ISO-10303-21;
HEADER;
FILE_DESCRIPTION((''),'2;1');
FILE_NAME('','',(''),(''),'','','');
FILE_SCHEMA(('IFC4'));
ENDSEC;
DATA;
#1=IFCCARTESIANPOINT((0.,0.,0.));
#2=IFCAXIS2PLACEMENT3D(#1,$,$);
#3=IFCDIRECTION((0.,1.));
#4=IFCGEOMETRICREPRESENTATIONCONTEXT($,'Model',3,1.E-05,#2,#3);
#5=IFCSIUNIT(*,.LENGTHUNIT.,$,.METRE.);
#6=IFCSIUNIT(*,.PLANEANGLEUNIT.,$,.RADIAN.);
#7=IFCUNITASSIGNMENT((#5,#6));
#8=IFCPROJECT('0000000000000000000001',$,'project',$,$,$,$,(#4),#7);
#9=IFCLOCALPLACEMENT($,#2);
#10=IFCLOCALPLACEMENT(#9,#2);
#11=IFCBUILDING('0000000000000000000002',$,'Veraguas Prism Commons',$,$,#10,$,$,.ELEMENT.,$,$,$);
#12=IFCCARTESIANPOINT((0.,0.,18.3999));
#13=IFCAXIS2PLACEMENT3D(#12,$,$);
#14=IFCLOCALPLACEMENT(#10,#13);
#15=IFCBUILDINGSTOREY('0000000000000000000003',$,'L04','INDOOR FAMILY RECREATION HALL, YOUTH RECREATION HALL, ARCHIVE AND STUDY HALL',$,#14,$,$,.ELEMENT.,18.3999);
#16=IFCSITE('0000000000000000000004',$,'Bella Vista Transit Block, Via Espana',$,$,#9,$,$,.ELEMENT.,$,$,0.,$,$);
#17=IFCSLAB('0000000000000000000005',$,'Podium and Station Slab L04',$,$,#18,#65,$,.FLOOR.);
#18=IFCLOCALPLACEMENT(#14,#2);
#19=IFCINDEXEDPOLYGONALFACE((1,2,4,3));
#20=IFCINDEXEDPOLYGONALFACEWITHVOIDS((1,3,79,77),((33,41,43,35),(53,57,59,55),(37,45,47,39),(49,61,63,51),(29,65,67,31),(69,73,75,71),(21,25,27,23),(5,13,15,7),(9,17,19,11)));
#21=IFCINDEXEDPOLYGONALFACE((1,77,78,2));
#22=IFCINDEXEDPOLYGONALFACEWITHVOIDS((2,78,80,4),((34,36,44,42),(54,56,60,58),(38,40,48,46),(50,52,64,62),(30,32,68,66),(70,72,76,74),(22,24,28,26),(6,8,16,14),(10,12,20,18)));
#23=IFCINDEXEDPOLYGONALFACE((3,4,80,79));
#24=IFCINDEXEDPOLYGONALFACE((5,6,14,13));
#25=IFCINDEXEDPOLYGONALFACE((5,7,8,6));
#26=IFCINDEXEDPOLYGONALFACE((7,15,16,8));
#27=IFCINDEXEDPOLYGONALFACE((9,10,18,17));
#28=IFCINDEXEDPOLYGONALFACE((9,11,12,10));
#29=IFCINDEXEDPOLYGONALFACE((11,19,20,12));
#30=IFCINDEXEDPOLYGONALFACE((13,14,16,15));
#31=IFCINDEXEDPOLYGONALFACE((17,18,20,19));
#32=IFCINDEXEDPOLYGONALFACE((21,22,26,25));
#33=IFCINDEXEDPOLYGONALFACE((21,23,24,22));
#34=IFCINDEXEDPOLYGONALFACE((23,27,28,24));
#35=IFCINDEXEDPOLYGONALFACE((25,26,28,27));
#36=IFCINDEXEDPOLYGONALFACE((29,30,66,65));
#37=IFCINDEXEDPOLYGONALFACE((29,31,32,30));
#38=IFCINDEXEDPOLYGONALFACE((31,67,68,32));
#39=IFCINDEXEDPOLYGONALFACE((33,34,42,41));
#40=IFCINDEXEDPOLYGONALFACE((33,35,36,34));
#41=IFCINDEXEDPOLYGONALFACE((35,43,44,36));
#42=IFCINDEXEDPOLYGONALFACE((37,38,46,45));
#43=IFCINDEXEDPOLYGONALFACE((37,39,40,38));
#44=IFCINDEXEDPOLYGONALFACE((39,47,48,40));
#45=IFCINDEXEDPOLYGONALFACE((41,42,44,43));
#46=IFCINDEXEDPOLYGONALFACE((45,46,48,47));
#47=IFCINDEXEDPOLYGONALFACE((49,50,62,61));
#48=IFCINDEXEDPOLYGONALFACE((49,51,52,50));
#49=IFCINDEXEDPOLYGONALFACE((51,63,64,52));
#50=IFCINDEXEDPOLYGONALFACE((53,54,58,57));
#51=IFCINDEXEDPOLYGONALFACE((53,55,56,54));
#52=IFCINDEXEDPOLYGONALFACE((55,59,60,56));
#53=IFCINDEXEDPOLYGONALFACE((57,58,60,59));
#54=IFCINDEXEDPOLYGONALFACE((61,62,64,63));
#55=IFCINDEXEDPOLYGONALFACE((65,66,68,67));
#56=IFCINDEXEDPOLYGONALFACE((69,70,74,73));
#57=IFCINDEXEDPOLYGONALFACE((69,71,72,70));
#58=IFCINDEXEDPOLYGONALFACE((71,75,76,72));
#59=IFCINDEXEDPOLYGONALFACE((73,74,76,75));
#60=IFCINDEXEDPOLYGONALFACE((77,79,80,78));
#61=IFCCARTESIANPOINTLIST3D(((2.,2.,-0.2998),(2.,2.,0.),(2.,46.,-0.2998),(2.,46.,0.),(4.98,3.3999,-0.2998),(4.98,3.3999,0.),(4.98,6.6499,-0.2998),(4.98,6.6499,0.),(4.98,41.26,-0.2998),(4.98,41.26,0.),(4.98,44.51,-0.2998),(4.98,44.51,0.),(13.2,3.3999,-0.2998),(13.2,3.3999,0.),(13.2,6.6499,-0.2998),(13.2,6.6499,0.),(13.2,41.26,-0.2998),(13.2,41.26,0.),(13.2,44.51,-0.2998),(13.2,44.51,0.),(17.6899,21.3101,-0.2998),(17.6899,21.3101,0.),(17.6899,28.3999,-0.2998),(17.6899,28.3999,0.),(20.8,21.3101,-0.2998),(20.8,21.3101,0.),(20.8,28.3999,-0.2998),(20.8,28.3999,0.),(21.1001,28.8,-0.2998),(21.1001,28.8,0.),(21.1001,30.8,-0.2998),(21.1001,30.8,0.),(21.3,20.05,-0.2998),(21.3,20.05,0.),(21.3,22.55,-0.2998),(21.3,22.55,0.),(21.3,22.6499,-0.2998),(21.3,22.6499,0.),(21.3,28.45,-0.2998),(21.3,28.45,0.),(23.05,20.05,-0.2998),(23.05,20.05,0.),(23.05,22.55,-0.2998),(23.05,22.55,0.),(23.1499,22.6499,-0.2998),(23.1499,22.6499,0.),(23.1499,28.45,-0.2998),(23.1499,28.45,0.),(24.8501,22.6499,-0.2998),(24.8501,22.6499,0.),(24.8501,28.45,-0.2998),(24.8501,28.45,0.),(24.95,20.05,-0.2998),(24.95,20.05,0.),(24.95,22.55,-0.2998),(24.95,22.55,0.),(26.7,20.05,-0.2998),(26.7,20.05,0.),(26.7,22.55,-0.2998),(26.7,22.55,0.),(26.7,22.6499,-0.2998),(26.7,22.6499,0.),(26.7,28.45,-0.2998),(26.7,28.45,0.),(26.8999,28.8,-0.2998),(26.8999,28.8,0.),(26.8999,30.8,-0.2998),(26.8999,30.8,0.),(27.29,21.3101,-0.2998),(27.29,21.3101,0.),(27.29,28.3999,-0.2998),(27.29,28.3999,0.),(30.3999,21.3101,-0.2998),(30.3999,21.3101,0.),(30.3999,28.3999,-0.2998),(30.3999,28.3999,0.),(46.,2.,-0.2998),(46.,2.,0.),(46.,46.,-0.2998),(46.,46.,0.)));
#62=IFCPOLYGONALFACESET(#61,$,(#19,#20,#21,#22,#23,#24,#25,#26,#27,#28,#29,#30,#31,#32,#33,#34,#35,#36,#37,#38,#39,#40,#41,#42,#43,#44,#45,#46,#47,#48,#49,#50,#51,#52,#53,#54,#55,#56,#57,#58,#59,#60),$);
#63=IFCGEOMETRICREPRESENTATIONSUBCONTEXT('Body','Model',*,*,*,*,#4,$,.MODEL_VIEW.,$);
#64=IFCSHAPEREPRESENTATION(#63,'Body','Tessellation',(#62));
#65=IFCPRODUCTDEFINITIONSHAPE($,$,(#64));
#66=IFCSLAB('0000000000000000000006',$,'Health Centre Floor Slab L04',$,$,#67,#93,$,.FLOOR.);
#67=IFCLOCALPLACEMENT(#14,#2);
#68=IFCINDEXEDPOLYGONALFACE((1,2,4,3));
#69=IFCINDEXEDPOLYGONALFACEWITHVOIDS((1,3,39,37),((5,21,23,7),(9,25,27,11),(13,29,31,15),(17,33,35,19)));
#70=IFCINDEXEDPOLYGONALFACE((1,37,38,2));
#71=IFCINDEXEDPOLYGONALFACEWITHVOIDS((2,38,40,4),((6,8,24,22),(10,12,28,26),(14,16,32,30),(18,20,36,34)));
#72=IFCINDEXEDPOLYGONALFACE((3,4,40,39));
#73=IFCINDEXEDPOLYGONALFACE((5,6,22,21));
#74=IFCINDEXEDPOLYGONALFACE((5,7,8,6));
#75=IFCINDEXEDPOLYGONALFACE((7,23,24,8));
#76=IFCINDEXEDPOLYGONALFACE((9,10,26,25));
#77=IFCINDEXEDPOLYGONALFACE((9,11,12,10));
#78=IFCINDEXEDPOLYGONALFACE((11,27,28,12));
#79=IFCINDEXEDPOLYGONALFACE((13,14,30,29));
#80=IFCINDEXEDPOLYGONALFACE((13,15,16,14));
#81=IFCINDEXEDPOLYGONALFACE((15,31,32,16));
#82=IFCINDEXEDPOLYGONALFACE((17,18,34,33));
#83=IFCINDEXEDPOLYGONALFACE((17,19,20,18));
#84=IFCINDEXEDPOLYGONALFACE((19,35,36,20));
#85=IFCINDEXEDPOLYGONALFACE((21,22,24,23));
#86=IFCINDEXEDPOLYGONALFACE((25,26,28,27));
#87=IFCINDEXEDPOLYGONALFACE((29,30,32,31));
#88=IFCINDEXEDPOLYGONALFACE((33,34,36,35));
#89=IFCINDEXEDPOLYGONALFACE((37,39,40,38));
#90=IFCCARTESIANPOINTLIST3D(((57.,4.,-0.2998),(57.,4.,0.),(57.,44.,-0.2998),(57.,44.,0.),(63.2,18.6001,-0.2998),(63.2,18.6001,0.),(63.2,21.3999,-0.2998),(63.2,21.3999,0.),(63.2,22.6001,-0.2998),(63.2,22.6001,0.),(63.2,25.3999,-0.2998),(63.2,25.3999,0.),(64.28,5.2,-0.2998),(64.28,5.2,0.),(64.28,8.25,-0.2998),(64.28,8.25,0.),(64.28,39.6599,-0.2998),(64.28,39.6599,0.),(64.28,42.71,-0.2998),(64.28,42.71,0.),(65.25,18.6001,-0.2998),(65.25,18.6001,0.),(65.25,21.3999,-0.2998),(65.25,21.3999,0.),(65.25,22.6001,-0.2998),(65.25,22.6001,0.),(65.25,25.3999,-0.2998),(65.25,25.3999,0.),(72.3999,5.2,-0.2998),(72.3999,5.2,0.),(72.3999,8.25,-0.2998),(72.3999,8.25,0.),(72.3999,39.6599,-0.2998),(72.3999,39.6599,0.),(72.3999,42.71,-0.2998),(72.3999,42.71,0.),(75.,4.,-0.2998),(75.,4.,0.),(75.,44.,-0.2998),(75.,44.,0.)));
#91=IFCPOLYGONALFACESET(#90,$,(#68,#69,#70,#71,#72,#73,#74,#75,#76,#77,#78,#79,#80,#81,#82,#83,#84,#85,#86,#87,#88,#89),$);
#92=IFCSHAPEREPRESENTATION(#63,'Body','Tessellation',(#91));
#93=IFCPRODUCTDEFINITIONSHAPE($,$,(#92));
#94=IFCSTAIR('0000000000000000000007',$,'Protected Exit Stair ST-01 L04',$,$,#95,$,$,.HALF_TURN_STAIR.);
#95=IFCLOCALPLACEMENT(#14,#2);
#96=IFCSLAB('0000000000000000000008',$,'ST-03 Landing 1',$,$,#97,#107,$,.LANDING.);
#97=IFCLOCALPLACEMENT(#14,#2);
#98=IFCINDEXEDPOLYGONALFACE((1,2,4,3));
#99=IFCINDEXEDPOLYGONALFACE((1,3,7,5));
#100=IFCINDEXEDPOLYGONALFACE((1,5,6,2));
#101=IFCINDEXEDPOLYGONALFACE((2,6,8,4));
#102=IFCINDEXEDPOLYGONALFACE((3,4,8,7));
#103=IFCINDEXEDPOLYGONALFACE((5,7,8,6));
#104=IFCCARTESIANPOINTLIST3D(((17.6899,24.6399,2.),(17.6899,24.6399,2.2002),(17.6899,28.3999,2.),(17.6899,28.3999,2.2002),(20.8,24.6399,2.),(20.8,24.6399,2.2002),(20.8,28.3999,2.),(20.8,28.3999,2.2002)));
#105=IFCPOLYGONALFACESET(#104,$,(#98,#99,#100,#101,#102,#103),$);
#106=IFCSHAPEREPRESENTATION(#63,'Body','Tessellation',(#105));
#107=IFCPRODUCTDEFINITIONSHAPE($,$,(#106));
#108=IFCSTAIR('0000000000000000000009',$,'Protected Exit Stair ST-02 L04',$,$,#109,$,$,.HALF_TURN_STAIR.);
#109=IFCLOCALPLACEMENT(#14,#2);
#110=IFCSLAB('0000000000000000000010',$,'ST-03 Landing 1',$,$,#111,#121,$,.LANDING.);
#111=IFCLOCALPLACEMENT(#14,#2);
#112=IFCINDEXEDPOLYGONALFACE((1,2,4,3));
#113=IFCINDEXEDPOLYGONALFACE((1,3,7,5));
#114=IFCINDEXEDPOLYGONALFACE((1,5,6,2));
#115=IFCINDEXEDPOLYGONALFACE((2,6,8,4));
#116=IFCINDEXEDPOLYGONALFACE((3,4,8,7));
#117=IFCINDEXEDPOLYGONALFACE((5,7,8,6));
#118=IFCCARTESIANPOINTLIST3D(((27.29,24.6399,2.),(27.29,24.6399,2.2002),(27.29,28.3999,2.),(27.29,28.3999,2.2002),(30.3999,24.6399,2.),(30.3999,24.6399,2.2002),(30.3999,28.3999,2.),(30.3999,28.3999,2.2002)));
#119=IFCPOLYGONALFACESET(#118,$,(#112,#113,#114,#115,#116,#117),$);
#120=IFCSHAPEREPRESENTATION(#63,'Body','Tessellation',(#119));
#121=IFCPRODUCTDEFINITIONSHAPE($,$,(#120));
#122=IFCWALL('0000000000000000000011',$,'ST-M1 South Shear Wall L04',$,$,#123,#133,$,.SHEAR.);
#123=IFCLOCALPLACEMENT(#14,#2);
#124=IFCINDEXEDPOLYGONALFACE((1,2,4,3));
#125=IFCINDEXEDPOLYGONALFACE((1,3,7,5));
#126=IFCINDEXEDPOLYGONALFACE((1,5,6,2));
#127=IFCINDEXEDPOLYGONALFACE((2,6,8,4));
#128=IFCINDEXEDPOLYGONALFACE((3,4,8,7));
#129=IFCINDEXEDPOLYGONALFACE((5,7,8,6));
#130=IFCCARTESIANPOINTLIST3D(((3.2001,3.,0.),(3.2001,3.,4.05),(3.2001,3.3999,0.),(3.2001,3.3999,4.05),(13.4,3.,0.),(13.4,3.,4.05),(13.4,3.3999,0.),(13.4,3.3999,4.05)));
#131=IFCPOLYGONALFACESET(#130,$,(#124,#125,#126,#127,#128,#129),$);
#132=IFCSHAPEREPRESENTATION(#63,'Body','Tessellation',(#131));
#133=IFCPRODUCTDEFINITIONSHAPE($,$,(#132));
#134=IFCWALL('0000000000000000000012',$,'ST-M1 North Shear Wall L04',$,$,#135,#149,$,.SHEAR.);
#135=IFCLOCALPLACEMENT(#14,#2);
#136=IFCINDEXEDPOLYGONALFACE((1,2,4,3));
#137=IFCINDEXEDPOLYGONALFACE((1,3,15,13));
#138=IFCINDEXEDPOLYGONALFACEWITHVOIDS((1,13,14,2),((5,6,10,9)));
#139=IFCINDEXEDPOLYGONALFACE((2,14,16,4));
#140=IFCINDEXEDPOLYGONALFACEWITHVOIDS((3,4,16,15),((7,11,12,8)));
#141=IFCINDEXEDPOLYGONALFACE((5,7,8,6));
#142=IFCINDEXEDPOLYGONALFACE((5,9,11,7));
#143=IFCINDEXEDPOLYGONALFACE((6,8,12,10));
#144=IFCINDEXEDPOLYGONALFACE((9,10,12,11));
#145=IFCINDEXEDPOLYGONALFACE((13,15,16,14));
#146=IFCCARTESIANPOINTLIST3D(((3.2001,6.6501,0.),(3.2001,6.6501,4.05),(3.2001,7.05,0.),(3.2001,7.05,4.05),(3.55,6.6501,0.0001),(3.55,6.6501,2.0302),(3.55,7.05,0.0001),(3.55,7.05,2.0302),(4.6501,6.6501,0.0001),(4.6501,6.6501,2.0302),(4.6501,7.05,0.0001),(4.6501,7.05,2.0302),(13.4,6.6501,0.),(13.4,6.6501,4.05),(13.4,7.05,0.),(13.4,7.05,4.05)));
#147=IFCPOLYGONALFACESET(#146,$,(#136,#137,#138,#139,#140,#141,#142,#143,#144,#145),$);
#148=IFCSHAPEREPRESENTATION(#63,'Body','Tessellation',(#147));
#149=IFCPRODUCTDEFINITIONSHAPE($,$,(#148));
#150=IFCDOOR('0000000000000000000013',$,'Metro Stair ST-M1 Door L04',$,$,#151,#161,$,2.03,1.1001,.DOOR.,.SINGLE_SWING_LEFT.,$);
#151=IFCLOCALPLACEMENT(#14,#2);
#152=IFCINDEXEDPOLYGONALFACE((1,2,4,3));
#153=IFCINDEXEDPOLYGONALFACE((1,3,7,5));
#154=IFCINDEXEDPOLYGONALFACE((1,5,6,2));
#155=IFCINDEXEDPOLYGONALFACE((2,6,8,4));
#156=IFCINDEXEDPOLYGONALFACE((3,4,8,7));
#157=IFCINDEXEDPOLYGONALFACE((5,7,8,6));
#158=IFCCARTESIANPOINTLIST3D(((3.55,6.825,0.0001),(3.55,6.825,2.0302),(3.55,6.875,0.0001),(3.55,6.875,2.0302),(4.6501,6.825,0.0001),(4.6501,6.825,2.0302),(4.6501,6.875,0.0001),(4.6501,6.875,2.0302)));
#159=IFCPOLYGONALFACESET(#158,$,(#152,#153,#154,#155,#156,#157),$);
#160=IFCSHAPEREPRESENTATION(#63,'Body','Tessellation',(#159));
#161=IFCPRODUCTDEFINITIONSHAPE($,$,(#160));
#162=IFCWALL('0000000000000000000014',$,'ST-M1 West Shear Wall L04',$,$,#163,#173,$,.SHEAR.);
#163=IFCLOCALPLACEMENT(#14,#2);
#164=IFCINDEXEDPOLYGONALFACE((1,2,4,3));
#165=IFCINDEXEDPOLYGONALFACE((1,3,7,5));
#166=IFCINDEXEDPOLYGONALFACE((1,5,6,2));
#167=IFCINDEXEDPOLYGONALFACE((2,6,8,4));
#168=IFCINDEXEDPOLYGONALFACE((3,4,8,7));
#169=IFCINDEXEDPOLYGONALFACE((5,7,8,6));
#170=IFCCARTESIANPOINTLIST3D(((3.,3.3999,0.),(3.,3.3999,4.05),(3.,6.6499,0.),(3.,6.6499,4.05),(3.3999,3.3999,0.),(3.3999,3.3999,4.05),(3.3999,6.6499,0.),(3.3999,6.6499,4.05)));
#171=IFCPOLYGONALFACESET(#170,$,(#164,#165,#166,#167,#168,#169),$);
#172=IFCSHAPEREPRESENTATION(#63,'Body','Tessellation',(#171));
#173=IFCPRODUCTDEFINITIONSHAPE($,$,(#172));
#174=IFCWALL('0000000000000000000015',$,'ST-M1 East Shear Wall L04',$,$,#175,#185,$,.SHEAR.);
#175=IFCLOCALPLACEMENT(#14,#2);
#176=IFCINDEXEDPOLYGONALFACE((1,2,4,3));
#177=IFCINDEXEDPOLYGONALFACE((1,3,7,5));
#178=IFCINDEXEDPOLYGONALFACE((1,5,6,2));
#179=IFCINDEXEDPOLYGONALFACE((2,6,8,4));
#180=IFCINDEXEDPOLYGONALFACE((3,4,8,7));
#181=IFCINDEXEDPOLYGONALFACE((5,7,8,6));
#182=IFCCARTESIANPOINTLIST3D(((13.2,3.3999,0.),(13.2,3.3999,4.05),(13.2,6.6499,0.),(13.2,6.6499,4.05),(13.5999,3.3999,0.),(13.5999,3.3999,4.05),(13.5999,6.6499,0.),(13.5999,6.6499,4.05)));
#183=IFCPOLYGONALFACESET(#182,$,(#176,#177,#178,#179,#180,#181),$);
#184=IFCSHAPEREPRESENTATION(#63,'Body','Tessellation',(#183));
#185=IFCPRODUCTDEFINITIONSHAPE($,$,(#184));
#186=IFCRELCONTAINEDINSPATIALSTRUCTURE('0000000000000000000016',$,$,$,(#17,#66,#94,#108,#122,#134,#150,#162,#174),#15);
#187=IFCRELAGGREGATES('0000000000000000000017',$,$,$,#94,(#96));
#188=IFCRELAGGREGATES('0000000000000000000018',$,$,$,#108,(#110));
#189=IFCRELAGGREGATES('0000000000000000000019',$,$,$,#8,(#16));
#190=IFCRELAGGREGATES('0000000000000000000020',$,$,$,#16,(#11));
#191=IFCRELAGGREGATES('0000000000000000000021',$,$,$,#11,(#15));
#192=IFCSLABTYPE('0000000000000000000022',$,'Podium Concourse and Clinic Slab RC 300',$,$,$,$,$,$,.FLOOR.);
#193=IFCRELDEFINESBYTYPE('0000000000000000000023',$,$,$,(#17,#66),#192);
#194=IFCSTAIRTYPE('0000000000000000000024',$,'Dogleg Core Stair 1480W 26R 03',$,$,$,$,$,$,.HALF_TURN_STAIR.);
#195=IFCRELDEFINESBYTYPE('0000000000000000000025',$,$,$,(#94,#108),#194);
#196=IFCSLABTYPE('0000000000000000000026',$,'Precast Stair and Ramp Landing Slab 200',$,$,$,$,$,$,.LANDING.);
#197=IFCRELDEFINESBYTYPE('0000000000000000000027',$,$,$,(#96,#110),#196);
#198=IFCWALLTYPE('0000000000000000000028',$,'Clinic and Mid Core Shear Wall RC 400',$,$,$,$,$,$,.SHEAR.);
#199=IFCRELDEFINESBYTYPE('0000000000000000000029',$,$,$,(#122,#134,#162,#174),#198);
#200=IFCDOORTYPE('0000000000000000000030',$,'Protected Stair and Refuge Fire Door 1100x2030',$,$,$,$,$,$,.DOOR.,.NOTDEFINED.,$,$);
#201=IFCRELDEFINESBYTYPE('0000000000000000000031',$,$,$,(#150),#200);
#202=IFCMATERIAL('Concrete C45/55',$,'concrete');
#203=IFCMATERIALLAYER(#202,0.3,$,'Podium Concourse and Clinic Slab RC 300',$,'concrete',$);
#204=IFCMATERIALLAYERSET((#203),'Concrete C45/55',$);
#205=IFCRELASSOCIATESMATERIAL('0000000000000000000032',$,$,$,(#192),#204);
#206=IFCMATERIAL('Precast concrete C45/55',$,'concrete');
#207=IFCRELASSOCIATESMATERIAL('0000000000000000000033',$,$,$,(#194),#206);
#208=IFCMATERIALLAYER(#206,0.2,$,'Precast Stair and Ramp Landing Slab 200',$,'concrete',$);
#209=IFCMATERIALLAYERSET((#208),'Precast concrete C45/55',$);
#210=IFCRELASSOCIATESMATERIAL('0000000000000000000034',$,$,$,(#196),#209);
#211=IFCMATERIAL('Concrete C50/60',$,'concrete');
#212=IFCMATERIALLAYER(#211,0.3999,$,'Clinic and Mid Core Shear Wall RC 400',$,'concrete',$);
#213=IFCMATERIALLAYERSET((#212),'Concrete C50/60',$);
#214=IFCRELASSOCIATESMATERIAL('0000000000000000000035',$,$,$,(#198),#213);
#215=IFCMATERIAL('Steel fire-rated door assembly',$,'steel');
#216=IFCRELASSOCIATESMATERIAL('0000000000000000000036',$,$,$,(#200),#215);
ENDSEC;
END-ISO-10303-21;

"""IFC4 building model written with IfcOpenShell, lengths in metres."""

from ifc_helpers import new_model, si_unit, direction, frame, frame_2d, origin, place, context, subcontext, project, spatial, polyline, rectangle, outline, extrude, source, transform, mapped, material, layer, layer_set, type_object, element, fill, aggregate, save


model = new_model("IFC4")

# Units and contexts
model_context = context("Model", 3, precision=1e-05, world=origin(), true_north=direction((0.0, 1.0)))
body_context = subcontext(model_context, "Body", "Model", "MODEL_VIEW")
ifc_project = project(units=[si_unit("LENGTHUNIT", "METRE"), si_unit("PLANEANGLEUNIT", "RADIAN")], contexts=[model_context])

# Site, building, storey
site_placement = place(None, origin())
site = spatial("IfcSite", under=ifc_project, at=site_placement, Name="Bella Vista Transit Block, Via Espana", CompositionType="ELEMENT", RefElevation=0.0)
building_placement = place(site_placement, origin())
building = spatial("IfcBuilding", under=site, at=building_placement, Name="Veraguas Prism Commons", CompositionType="ELEMENT")
storey_placement = place(building_placement, frame((0.0, 0.0, 18.3999)))
storey = spatial("IfcBuildingStorey", under=building, at=storey_placement, Name="L04", Description="INDOOR FAMILY RECREATION HALL, YOUTH RECREATION HALL, ARCHIVE AND STUDY HALL", CompositionType="ELEMENT", Elevation=18.3999)

# Shared definitions
ifc_material_1 = material(Name="Concrete C50/60", Category="concrete")

# Slabs
ifc_material_2 = material(Name="Concrete C45/55", Category="concrete")
ifc_layer_1 = layer(ifc_material_2, 0.3, Name="Podium Concourse and Clinic Slab RC 300", Category="concrete")
ifc_layer_set_1 = layer_set([ifc_layer_1], Name="Concrete C45/55")
slab_type_1 = type_object("IfcSlabType", Name="Podium Concourse and Clinic Slab RC 300", PredefinedType="FLOOR", material=ifc_layer_set_1)
slab_1_placement = place(storey_placement, frame((0.0, 0.0, -0.2998)))
element("IfcSlab", 1, at=slab_1_placement, inside=storey, type_object=slab_type_1, Name="Podium and Station Slab L04", PredefinedType="FLOOR", context=body_context, shape_type="SweptSolid", body=[
    extrude(outline(polyline([(2.0, 2.0), (46.0, 2.0), (46.0, 46.0), (2.0, 46.0), (2.0, 2.0)]), holes=[polyline([(20.8, 21.3101), (20.8, 28.3999), (17.6899, 28.3999), (17.6899, 21.3101), (20.8, 21.3101)]), polyline([(30.3999, 21.3101), (30.3999, 28.3999), (27.29, 28.3999), (27.29, 21.3101), (30.3999, 21.3101)]), polyline([(4.98, 3.3999), (13.2, 3.3999), (13.2, 6.6499), (4.98, 6.6499), (4.98, 3.3999)]), polyline([(4.98, 41.26), (13.2, 41.26), (13.2, 44.51), (4.98, 44.51), (4.98, 41.26)]), polyline([(21.3, 22.6499), (23.1499, 22.6499), (23.1499, 28.45), (21.3, 28.45), (21.3, 22.6499)]), polyline([(24.8501, 22.6499), (26.7, 22.6499), (26.7, 28.45), (24.8501, 28.45), (24.8501, 22.6499)]), polyline([(21.1001, 28.8), (26.8999, 28.8), (26.8999, 30.8), (21.1001, 30.8), (21.1001, 28.8)]), polyline([(21.3, 20.05), (23.05, 20.05), (23.05, 22.55), (21.3, 22.55), (21.3, 20.05)]), polyline([(24.95, 20.05), (26.7, 20.05), (26.7, 22.55), (24.95, 22.55), (24.95, 20.05)])]), origin(), (0.0, 0.0, 1.0), 0.2998),
])
slab_2_placement = place(storey_placement, frame((0.0, 0.0, -0.2998)))
element("IfcSlab", 2, at=slab_2_placement, inside=storey, type_object=slab_type_1, Name="Health Centre Floor Slab L04", PredefinedType="FLOOR", context=body_context, shape_type="SweptSolid", body=[
    extrude(outline(polyline([(57.0, 4.0), (75.0, 4.0), (75.0, 44.0), (57.0, 44.0), (57.0, 4.0)]), holes=[polyline([(64.28, 5.2), (72.3999, 5.2), (72.3999, 8.25), (64.28, 8.25), (64.28, 5.2)]), polyline([(64.28, 39.6599), (72.3999, 39.6599), (72.3999, 42.71), (64.28, 42.71), (64.28, 39.6599)]), polyline([(63.2, 18.6001), (65.25, 18.6001), (65.25, 21.3999), (63.2, 21.3999), (63.2, 18.6001)]), polyline([(63.2, 22.6001), (65.25, 22.6001), (65.25, 25.3999), (63.2, 25.3999), (63.2, 22.6001)])]), origin(), (0.0, 0.0, 1.0), 0.2998),
])

# Stairs, slabs
ifc_material_3 = material(Name="Precast concrete C45/55", Category="concrete")
stair_type = type_object("IfcStairType", Name="Dogleg Core Stair 1480W 26R 03", PredefinedType="HALF_TURN_STAIR", material=ifc_material_3)
stair_1_placement = place(storey_placement, origin())
stair_1 = element("IfcStair", 3, at=stair_1_placement, inside=storey, type_object=stair_type, Name="Protected Exit Stair ST-01 L04", PredefinedType="HALF_TURN_STAIR")
ifc_layer_2 = layer(ifc_material_3, 0.2, Name="Precast Stair and Ramp Landing Slab 200", Category="concrete")
ifc_layer_set_2 = layer_set([ifc_layer_2], Name="Precast concrete C45/55")
slab_type_2 = type_object("IfcSlabType", Name="Precast Stair and Ramp Landing Slab 200", PredefinedType="LANDING", material=ifc_layer_set_2)
slab_3_placement = place(storey_placement, frame((0.0, 0.0, 2.0)))
slab_3 = element("IfcSlab", 4, at=slab_3_placement, type_object=slab_type_2, Name="ST-03 Landing 1", PredefinedType="LANDING", context=body_context, shape_type="SweptSolid", body=[
    extrude(outline(polyline([(20.8, 24.6399), (20.8, 28.3999), (17.6899, 28.3999), (17.6899, 24.6399), (20.8, 24.6399)])), origin(), (0.0, 0.0, 1.0), 0.2002),
])
aggregate(stair_1, [slab_3])
stair_2_placement = place(storey_placement, origin())
stair_2 = element("IfcStair", 5, at=stair_2_placement, inside=storey, type_object=stair_type, Name="Protected Exit Stair ST-02 L04", PredefinedType="HALF_TURN_STAIR")
slab_4_placement = place(storey_placement, frame((0.0, 0.0, 2.0)))
slab_4 = element("IfcSlab", 6, at=slab_4_placement, type_object=slab_type_2, Name="ST-03 Landing 1", PredefinedType="LANDING", context=body_context, shape_type="SweptSolid", body=[
    extrude(outline(polyline([(30.3999, 24.6399), (30.3999, 28.3999), (27.29, 28.3999), (27.29, 24.6399), (30.3999, 24.6399)])), origin(), (0.0, 0.0, 1.0), 0.2002),
])
aggregate(stair_2, [slab_4])

# Wall
ifc_layer_3 = layer(ifc_material_1, 0.3999, Name="Clinic and Mid Core Shear Wall RC 400", Category="concrete")
ifc_layer_set_3 = layer_set([ifc_layer_3], Name="Concrete C50/60")
wall_type_1 = type_object("IfcWallType", Name="Clinic and Mid Core Shear Wall RC 400", PredefinedType="SHEAR", material=ifc_layer_set_3)
wall_1_placement = place(storey_placement, frame((3.2, 3.2, 0.0), z_axis=(0.0, 0.0, 1.0), x_axis=(1.0, 0.0, 0.0)))
element("IfcWall", 7, at=wall_1_placement, inside=storey, type_object=wall_type_1, Name="ST-M1 South Shear Wall L04", PredefinedType="SHEAR", context=body_context, shape_type="SweptSolid", body=[
    extrude(rectangle(XDim=10.2, YDim=0.3999, at=frame_2d((5.1001, 0.0))), origin(), (0.0, 0.0, 1.0), 4.05),
])

# Wall, opening, door
wall_2_placement = place(storey_placement, frame((3.2, 6.8501, 0.0), z_axis=(0.0, 0.0, 1.0), x_axis=(1.0, 0.0, 0.0)))
wall_2 = element("IfcWall", 8, at=wall_2_placement, inside=storey, type_object=wall_type_1, Name="ST-M1 North Shear Wall L04", PredefinedType="SHEAR", context=body_context, shape_type="SweptSolid", body=[
    extrude(rectangle(XDim=10.2, YDim=0.3999, at=frame_2d((5.1001, 0.0))), origin(), (0.0, 0.0, 1.0), 4.05),
])
opening_1_placement = place(wall_2_placement, frame((0.3501, 0.0, 0.0)))
opening_1 = element("IfcOpeningElement", 9, at=opening_1_placement, cuts=wall_2, PredefinedType="OPENING", context=body_context, shape_type="SweptSolid", body=[
    extrude(rectangle(XDim=1.1001, YDim=2.03, at=frame_2d((0.55, 1.0151))), frame((0.0, 0.21, 0.0), z_axis=(0.0, -1.0, 0.0), x_axis=(1.0, 0.0, 0.0)), (0.0, 0.0, 1.0), 0.4199),
])
ifc_material_4 = material(Name="Steel fire-rated door assembly", Category="steel")
door_type = type_object("IfcDoorType", Name="Protected Stair and Refuge Fire Door 1100x2030", OperationType="NOTDEFINED", PredefinedType="DOOR", material=ifc_material_4)
shared_shape_1 = source(origin(), body_context, "Body", "SweptSolid", [
    extrude(rectangle(XDim=1.1001, YDim=2.03, at=frame_2d((0.55, 1.0151))), frame((0.0, 0.0249, 0.0), z_axis=(0.0, -1.0, 0.0), x_axis=(1.0, 0.0, 0.0)), (0.0, 0.0, 1.0), 0.05),
])
door_placement = place(opening_1_placement, origin())
door = element("IfcDoor", 10, at=door_placement, inside=storey, type_object=door_type, Name="Metro Stair ST-M1 Door L04", OperationType="SINGLE_SWING_LEFT", OverallHeight=2.03, OverallWidth=1.1001, PredefinedType="DOOR", context=body_context, shape_type="MappedRepresentation", body=[
    mapped(shared_shape_1, transform((0.0, 0.0, 0.0), scale=1.0)),
])
fill(opening_1, door)

# Walls
for number, where, z_axis, x_axis, name in (
    (11, (3.2, 3.3999, 0.0), (0.0, 0.0, 1.0), (0.0, 1.0, 0.0), "ST-M1 West Shear Wall L04"),
    (12, (13.3999, 3.3999, 0.0), (0.0, 0.0, 1.0), (0.0, 1.0, 0.0), "ST-M1 East Shear Wall L04"),
):
    element("IfcWall", number, at=place(storey_placement, frame(where, z_axis=z_axis, x_axis=x_axis)), inside=storey, type_object=wall_type_1, Name=name, PredefinedType="SHEAR", context=body_context, shape_type="SweptSolid", body=[
        extrude(rectangle(XDim=3.25, YDim=0.3999, at=frame_2d((1.625, 0.0))), origin(), (0.0, 0.0, 1.0), 4.05),
    ])

save(model, "model.ifc")
